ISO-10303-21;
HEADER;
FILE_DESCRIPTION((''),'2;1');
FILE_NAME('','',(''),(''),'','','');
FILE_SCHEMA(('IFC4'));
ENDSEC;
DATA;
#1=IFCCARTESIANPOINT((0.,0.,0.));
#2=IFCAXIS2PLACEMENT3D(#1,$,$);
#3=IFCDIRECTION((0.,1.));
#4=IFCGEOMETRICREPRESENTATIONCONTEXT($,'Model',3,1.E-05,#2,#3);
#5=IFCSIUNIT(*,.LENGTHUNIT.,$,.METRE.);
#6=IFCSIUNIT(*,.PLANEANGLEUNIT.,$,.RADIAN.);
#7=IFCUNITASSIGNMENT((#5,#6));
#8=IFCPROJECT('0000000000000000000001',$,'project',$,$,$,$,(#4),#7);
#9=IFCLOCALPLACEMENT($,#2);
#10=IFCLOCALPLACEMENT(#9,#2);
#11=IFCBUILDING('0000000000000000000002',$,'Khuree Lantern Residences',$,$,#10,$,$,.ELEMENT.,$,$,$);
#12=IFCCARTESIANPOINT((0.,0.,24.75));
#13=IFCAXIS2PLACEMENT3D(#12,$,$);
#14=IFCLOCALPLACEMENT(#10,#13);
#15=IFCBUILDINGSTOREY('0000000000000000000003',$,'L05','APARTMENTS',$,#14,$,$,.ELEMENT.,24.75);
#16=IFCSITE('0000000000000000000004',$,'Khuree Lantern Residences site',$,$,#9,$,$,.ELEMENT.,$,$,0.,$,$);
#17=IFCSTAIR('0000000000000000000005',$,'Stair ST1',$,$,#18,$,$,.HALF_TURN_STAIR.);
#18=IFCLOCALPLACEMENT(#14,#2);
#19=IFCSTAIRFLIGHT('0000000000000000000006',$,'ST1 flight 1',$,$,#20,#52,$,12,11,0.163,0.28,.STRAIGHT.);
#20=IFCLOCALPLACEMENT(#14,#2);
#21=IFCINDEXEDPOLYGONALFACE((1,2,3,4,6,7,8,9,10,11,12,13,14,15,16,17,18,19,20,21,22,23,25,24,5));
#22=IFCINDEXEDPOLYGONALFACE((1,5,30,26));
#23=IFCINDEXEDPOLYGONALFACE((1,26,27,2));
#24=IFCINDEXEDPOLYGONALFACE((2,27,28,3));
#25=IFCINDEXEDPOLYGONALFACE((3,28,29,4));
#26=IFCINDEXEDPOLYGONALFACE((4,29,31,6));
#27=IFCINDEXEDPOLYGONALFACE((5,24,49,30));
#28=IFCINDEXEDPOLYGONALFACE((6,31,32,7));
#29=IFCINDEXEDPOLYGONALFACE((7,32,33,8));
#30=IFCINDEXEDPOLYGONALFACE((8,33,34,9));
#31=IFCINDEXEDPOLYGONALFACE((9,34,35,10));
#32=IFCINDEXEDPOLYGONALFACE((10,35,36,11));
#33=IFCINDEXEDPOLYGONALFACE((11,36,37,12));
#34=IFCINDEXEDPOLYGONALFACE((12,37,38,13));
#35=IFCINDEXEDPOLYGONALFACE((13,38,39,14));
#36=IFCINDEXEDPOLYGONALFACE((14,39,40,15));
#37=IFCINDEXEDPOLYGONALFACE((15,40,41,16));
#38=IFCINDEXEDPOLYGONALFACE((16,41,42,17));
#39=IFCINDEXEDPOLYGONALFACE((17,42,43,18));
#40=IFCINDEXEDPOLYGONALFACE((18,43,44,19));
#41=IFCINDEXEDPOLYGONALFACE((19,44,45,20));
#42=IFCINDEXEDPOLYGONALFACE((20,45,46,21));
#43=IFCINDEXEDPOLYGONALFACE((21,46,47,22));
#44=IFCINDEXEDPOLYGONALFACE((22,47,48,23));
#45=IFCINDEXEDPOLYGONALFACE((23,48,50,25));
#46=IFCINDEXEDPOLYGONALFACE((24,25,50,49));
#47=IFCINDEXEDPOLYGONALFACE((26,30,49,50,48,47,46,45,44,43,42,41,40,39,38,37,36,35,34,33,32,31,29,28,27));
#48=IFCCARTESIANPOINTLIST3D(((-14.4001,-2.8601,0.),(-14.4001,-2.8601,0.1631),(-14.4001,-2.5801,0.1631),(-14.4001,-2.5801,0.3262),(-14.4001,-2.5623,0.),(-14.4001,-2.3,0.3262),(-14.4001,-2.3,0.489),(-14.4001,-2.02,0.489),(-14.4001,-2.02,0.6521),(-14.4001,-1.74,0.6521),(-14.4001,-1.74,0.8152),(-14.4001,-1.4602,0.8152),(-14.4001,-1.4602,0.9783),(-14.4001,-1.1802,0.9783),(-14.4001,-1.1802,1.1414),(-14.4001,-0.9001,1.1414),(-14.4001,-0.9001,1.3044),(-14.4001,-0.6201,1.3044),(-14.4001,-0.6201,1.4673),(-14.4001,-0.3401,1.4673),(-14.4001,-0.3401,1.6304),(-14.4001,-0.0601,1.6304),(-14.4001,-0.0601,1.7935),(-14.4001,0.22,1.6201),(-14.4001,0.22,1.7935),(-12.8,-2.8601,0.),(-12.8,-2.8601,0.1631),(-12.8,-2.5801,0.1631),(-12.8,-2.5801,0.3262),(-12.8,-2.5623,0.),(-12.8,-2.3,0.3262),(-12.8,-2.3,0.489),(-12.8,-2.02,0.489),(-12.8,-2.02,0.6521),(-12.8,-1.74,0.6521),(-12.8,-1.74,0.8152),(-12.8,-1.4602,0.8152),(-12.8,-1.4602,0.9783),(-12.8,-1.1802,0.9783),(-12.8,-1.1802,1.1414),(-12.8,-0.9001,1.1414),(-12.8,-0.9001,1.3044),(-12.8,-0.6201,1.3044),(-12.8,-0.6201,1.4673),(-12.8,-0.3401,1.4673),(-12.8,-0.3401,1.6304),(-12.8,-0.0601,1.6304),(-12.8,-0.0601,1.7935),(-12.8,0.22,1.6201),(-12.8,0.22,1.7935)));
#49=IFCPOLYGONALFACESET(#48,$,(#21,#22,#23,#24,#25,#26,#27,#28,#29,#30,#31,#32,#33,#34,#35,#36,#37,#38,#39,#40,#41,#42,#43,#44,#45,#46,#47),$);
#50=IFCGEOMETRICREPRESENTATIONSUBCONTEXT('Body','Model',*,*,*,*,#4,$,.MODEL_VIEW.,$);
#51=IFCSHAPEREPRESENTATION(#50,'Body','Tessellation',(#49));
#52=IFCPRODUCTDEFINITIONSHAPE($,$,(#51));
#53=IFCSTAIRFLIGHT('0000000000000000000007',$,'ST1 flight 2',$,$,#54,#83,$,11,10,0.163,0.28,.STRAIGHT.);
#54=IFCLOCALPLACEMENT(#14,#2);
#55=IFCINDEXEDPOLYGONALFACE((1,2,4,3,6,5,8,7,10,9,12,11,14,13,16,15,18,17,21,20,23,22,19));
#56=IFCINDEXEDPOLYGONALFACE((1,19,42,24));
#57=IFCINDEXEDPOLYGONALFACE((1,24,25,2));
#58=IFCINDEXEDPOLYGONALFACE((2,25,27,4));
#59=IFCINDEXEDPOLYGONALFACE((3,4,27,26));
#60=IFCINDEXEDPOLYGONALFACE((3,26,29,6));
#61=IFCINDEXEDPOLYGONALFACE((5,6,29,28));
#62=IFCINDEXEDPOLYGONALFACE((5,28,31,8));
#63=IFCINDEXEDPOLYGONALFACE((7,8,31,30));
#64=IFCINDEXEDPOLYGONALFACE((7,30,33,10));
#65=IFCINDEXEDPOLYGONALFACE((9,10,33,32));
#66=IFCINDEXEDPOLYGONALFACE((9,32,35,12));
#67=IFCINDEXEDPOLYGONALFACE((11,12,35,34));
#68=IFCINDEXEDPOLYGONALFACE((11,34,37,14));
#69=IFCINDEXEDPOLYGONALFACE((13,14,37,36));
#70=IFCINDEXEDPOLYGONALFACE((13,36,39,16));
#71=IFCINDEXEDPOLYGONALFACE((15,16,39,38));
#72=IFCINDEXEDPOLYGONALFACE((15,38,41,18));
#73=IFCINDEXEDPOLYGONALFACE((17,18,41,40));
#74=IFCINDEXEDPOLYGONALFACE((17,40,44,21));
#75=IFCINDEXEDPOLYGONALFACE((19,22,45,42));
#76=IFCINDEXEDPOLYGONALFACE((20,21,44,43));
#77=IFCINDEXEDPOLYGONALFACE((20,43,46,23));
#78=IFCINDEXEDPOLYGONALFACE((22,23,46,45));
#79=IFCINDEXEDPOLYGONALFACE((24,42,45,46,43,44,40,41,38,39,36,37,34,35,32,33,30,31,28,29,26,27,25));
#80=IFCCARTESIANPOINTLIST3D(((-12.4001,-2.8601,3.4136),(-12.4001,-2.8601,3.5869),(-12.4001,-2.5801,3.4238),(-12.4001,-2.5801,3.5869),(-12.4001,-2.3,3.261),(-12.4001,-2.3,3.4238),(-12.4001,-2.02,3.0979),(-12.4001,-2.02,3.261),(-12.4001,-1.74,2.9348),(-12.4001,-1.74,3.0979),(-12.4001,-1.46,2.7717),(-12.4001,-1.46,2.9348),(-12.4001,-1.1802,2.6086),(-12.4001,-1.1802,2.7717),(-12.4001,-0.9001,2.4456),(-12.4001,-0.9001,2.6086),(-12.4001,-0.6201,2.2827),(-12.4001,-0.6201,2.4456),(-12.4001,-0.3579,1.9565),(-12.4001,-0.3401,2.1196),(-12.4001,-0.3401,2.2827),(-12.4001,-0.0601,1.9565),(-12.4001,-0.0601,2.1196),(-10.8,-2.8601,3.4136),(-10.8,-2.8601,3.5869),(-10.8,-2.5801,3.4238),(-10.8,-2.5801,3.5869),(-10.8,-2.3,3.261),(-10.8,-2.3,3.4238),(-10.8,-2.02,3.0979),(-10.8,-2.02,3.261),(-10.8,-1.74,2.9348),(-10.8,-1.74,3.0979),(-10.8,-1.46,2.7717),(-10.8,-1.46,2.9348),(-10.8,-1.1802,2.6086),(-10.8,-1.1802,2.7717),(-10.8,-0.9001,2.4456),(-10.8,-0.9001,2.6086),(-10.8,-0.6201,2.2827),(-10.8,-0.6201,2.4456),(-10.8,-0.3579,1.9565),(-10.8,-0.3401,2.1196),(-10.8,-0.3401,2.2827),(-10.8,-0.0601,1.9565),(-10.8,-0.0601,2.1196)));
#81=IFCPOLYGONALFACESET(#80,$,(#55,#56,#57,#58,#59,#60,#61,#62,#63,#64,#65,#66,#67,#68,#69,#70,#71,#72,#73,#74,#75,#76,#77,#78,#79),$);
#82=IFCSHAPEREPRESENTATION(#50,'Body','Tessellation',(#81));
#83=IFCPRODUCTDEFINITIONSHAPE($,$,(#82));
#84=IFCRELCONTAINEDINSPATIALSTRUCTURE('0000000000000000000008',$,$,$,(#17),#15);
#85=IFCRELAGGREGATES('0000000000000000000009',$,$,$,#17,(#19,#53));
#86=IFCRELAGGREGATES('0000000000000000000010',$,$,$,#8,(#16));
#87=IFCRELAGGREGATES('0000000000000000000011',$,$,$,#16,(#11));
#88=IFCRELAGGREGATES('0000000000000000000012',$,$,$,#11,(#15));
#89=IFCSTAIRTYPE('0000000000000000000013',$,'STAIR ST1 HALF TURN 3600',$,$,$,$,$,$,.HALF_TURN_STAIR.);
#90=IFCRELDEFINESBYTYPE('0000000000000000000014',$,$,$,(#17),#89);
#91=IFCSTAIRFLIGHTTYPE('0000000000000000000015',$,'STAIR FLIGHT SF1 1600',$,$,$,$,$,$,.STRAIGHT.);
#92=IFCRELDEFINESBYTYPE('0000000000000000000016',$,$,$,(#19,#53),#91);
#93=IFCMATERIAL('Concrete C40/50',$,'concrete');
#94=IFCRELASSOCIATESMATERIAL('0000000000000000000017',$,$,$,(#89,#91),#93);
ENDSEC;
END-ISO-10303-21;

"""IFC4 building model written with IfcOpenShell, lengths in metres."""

from ifc_helpers import new_model, si_unit, direction, frame, origin, place, context, subcontext, project, spatial, polyline, outline, extrude, material, type_object, element, aggregate, save


model = new_model("IFC4")

# Units and contexts
model_context = context("Model", 3, precision=1e-05, world=origin(), true_north=direction((0.0, 1.0)))
body_context = subcontext(model_context, "Body", "Model", "MODEL_VIEW")
ifc_project = project(units=[si_unit("LENGTHUNIT", "METRE"), si_unit("PLANEANGLEUNIT", "RADIAN")], contexts=[model_context])

# Site, building, storey
site_placement = place(None, origin())
site = spatial("IfcSite", under=ifc_project, at=site_placement, Name="Khuree Lantern Residences site", CompositionType="ELEMENT", RefElevation=0.0)
building_placement = place(site_placement, origin())
building = spatial("IfcBuilding", under=site, at=building_placement, Name="Khuree Lantern Residences", CompositionType="ELEMENT")
storey_placement = place(building_placement, frame((0.0, 0.0, 24.75)))
storey = spatial("IfcBuildingStorey", under=building, at=storey_placement, Name="L05", Description="APARTMENTS", CompositionType="ELEMENT", Elevation=24.75)

# Stair, stair flights
ifc_material_1 = material(Name="Concrete C40/50", Category="concrete")
stair_type = type_object("IfcStairType", Name="STAIR ST1 HALF TURN 3600", PredefinedType="HALF_TURN_STAIR", material=ifc_material_1)
stair_placement = place(storey_placement, origin())
stair = element("IfcStair", 1, at=stair_placement, inside=storey, type_object=stair_type, Name="Stair ST1", PredefinedType="HALF_TURN_STAIR")
stair_flight_type = type_object("IfcStairFlightType", Name="STAIR FLIGHT SF1 1600", PredefinedType="STRAIGHT", material=ifc_material_1)
stair_flight_1_placement = place(storey_placement, frame((-13.6001, -2.8601, 0.0), z_axis=(0.0, 0.0, 1.0), x_axis=(0.0, 1.0, 0.0)))
stair_flight_1 = element("IfcStairFlight", 2, at=stair_flight_1_placement, type_object=stair_flight_type, Name="ST1 flight 1", NumberOfRisers=12, NumberOfTreads=11, PredefinedType="STRAIGHT", RiserHeight=0.163, TreadLength=0.28, context=body_context, shape_type="SweptSolid", body=[
    extrude(outline(polyline([(0.0, 0.0), (0.0, 0.1631), (0.28, 0.1631), (0.28, 0.3262), (0.5601, 0.3262), (0.5601, 0.489), (0.8401, 0.489), (0.8401, 0.6521), (1.1201, 0.6521), (1.1201, 0.8152), (1.3999, 0.8152), (1.3999, 0.9783), (1.6799, 0.9783), (1.6799, 1.1414), (1.96, 1.1414), (1.96, 1.3044), (2.24, 1.3044), (2.24, 1.4673), (2.52, 1.4673), (2.52, 1.6304), (2.8, 1.6304), (2.8, 1.7935), (3.0801, 1.7935), (3.0801, 1.9565), (3.0801, 1.6201), (0.2979, 0.0), (0.0, 0.0)])), frame((0.0, 0.8, 0.0), z_axis=(0.0, -1.0, 0.0), x_axis=(1.0, 0.0, 0.0)), (0.0, 0.0, 1.0), 1.6001),
])
stair_flight_2_placement = place(storey_placement, frame((-11.6001, -0.0601, 1.9565), z_axis=(0.0, 0.0, 1.0), x_axis=(0.0, -1.0, 0.0)))
stair_flight_2 = element("IfcStairFlight", 3, at=stair_flight_2_placement, type_object=stair_flight_type, Name="ST1 flight 2", NumberOfRisers=11, NumberOfTreads=10, PredefinedType="STRAIGHT", RiserHeight=0.163, TreadLength=0.28, context=body_context, shape_type="SweptSolid", body=[
    extrude(outline(polyline([(0.0, 0.0), (0.0, 0.1631), (0.28, 0.1631), (0.28, 0.3262), (0.5601, 0.3262), (0.5601, 0.489), (0.8401, 0.489), (0.8401, 0.6521), (1.1201, 0.6521), (1.1201, 0.8152), (1.3999, 0.8152), (1.3999, 0.9783), (1.6799, 0.9783), (1.6799, 1.1414), (1.96, 1.1414), (1.96, 1.3044), (2.24, 1.3044), (2.24, 1.4673), (2.52, 1.4673), (2.52, 1.6304), (2.8, 1.6304), (2.8, 1.7935), (2.8, 1.457), (0.2979, 0.0), (0.0, 0.0)])), frame((0.0, 0.8, 0.0), z_axis=(0.0, -1.0, 0.0), x_axis=(1.0, 0.0, 0.0)), (0.0, 0.0, 1.0), 1.6001),
])
aggregate(stair, [stair_flight_1, stair_flight_2])

save(model, "model.ifc")
